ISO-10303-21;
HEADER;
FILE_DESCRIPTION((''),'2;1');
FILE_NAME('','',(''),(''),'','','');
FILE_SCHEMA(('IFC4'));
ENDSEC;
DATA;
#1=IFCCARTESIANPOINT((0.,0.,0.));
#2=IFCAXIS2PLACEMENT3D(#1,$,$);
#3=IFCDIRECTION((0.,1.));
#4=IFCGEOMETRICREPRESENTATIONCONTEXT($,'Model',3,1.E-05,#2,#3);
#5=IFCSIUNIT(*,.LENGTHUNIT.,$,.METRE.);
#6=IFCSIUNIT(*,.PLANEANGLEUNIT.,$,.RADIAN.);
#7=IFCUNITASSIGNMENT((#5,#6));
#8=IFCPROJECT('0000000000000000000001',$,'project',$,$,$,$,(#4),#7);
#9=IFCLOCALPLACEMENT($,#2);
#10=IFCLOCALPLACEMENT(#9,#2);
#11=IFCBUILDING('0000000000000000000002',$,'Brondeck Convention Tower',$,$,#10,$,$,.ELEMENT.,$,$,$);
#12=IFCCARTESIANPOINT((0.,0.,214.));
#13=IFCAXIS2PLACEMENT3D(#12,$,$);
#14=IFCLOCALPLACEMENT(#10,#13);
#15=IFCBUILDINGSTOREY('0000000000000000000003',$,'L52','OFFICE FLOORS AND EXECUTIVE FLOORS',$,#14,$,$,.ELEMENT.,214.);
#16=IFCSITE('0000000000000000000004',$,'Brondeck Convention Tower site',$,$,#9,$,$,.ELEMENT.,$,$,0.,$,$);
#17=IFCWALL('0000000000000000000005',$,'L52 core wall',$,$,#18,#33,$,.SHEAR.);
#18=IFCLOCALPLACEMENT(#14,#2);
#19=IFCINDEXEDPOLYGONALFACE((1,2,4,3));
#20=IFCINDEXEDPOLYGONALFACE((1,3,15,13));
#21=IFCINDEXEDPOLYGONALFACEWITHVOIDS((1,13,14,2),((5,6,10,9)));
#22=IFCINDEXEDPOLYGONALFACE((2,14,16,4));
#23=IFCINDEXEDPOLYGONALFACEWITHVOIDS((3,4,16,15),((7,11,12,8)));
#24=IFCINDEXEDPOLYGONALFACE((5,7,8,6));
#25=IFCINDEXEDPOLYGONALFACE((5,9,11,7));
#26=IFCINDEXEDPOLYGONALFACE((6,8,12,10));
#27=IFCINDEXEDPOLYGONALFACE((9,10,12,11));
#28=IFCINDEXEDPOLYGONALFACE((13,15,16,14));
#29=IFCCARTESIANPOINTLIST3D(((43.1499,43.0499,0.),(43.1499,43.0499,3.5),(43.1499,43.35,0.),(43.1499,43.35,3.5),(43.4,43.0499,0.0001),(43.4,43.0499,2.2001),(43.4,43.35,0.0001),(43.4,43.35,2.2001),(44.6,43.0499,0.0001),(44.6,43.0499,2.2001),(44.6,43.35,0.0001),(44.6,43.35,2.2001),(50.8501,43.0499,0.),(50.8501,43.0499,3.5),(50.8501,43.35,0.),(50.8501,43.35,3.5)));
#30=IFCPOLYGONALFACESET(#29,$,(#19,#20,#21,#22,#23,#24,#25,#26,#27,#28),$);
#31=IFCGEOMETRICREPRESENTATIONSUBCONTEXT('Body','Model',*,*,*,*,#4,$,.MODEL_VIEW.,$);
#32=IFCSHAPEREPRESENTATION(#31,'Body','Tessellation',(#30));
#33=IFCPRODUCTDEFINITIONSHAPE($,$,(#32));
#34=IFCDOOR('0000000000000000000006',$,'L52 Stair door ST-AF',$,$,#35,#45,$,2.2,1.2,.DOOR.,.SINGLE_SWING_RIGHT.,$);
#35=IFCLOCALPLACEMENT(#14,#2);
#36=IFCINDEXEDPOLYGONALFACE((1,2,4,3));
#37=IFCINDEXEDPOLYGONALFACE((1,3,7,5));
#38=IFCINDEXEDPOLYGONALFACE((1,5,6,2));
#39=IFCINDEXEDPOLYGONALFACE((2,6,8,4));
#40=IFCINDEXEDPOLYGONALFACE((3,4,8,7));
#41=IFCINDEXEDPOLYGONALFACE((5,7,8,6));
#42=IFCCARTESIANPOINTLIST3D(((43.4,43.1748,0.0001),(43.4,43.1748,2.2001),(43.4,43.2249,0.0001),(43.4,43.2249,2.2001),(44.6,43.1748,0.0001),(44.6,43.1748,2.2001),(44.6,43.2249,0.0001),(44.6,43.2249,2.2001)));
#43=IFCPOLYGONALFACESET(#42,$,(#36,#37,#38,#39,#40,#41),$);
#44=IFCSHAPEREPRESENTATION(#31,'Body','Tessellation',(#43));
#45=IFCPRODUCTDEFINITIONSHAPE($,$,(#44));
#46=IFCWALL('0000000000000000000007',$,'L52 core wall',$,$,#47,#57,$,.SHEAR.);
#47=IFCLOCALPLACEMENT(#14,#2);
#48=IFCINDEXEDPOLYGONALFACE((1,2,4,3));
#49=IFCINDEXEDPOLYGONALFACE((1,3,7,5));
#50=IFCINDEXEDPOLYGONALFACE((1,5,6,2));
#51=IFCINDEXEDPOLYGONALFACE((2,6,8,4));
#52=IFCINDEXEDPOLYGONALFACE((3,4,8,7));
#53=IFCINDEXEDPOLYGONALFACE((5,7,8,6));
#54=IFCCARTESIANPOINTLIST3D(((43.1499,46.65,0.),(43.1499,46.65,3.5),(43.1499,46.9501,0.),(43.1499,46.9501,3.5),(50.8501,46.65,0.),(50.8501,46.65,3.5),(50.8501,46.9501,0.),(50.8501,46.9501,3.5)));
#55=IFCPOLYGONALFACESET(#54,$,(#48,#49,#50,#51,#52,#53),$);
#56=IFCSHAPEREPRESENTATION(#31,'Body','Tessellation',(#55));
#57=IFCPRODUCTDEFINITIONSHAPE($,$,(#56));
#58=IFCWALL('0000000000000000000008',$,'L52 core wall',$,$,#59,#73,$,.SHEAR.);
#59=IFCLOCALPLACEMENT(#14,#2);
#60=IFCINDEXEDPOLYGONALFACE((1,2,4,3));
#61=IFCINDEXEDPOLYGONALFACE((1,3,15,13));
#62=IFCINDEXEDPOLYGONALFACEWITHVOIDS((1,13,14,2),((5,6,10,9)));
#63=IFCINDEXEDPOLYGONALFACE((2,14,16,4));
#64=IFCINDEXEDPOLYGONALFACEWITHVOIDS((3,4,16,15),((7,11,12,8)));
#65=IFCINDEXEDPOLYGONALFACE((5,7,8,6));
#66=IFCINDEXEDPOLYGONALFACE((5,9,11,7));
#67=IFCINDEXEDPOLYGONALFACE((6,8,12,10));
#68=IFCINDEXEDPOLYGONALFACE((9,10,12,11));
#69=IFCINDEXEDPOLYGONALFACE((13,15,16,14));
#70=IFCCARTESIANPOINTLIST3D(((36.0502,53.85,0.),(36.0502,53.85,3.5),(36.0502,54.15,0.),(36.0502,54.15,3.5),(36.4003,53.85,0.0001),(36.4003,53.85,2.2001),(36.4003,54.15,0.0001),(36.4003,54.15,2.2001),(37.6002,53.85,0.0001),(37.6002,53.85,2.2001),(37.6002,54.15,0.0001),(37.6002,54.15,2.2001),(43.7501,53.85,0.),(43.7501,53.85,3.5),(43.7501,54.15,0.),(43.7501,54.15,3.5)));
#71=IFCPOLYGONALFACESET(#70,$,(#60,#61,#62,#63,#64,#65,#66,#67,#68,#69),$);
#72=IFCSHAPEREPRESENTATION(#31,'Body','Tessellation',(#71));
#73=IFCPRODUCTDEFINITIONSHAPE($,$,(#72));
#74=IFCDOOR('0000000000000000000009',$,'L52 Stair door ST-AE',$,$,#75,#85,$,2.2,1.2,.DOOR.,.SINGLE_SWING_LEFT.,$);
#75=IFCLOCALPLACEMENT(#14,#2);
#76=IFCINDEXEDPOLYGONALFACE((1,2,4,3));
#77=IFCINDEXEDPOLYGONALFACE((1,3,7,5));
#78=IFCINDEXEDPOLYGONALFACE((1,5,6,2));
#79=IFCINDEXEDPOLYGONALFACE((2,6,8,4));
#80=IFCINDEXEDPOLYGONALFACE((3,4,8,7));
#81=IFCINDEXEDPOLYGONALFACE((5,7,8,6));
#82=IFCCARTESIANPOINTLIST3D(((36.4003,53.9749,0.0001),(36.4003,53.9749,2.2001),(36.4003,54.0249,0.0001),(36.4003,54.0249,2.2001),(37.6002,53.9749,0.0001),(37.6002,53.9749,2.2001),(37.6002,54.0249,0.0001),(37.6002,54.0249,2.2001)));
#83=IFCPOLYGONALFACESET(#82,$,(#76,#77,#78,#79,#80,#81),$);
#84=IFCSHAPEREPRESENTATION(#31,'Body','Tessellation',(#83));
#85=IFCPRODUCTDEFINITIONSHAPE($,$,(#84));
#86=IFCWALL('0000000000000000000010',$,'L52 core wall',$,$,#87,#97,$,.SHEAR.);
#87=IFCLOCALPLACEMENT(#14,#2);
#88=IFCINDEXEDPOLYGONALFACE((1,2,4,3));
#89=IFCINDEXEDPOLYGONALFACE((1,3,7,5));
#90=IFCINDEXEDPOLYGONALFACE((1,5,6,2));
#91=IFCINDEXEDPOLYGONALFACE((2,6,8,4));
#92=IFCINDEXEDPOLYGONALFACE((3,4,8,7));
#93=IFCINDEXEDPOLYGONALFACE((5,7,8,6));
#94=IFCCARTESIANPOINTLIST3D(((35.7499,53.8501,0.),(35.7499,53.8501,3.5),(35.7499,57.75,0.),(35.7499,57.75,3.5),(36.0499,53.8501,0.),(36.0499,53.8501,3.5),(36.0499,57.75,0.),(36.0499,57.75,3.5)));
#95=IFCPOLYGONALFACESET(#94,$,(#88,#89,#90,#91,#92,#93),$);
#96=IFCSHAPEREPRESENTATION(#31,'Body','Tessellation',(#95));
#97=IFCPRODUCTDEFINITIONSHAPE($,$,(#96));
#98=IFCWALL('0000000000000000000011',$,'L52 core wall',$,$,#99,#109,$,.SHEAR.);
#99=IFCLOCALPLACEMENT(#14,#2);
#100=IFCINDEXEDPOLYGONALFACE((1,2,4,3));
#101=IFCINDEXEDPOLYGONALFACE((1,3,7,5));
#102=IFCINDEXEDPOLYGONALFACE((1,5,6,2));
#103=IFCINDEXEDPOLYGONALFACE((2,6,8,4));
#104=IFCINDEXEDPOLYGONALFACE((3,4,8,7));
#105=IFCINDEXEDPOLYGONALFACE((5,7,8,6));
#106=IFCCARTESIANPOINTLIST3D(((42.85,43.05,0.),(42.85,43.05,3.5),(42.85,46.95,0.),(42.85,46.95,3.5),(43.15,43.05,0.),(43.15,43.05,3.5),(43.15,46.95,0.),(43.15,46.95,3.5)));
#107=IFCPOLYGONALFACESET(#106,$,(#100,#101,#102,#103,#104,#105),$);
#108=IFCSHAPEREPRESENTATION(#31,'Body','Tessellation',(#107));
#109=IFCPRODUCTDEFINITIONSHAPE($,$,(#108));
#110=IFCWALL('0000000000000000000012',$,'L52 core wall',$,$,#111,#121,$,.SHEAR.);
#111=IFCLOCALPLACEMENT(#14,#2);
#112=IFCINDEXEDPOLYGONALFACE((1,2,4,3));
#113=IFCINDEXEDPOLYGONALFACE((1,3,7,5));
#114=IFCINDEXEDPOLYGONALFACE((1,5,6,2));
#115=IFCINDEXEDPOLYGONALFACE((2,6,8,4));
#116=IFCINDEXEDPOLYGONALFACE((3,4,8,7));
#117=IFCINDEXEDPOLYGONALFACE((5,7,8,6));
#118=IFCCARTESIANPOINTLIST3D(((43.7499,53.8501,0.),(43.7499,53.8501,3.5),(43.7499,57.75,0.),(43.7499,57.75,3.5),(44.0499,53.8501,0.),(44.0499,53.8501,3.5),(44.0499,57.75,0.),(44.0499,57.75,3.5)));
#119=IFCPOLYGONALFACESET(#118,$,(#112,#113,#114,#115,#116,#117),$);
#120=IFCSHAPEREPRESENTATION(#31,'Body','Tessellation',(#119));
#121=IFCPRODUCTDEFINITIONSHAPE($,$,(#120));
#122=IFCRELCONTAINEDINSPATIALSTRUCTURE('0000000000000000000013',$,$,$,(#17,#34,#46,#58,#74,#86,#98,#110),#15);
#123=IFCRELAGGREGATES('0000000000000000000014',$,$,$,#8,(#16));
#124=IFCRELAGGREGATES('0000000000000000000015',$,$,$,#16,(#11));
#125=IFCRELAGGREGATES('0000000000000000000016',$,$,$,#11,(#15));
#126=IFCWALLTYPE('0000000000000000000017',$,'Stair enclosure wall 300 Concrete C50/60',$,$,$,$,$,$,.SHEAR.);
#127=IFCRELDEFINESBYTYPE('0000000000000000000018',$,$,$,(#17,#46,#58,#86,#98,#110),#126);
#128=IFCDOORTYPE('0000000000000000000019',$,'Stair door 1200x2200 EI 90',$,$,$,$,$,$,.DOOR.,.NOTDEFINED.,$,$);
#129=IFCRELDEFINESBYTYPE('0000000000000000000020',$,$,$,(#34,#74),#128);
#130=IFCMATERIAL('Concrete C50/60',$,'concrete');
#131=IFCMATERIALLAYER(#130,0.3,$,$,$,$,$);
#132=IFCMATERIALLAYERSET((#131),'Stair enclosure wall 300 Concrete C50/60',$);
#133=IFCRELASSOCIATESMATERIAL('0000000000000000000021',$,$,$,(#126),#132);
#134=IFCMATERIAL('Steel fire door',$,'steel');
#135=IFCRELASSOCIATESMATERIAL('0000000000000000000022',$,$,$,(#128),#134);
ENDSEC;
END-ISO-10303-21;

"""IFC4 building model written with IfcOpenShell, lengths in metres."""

from ifc_helpers import new_model, si_unit, direction, frame, frame_2d, origin, place, context, subcontext, project, spatial, rectangle, extrude, material, layer, layer_set, type_object, element, fill, save


model = new_model("IFC4")

# Units and contexts
model_context = context("Model", 3, precision=1e-05, world=origin(), true_north=direction((0.0, 1.0)))
body_context = subcontext(model_context, "Body", "Model", "MODEL_VIEW")
ifc_project = project(units=[si_unit("LENGTHUNIT", "METRE"), si_unit("PLANEANGLEUNIT", "RADIAN")], contexts=[model_context])

# Site, building, storey
site_placement = place(None, origin())
site = spatial("IfcSite", under=ifc_project, at=site_placement, Name="Brondeck Convention Tower site", CompositionType="ELEMENT", RefElevation=0.0)
building_placement = place(site_placement, origin())
building = spatial("IfcBuilding", under=site, at=building_placement, Name="Brondeck Convention Tower", CompositionType="ELEMENT")
storey_placement = place(building_placement, frame((0.0, 0.0, 214.0)))
storey = spatial("IfcBuildingStorey", under=building, at=storey_placement, Name="L52", Description="OFFICE FLOORS AND EXECUTIVE FLOORS", CompositionType="ELEMENT", Elevation=214.0)

# Shared definitions
ifc_material_1 = material(Name="Concrete C50/60", Category="concrete")

# Wall, opening, door
ifc_layer_1 = layer(ifc_material_1, 0.3)
ifc_layer_set_1 = layer_set([ifc_layer_1], Name="Stair enclosure wall 300 Concrete C50/60")
wall_type_1 = type_object("IfcWallType", Name="Stair enclosure wall 300 Concrete C50/60", PredefinedType="SHEAR", material=ifc_layer_set_1)
wall_1_placement = place(storey_placement, frame((43.1499, 43.2, 0.0), z_axis=(0.0, 0.0, 1.0), x_axis=(1.0, 0.0, 0.0)))
wall_1 = element("IfcWall", 1, at=wall_1_placement, inside=storey, type_object=wall_type_1, Name="L52 core wall", PredefinedType="SHEAR", context=body_context, shape_type="SweptSolid", body=[
    extrude(rectangle(XDim=7.7002, YDim=0.3, at=frame_2d((3.8501, 0.0))), origin(), (0.0, 0.0, 1.0), 3.5),
])
opening_1_placement = place(wall_1_placement, frame((0.25, 0.0, 0.0)))
opening_1 = element("IfcOpeningElement", 2, at=opening_1_placement, cuts=wall_1, PredefinedType="OPENING", context=body_context, shape_type="SweptSolid", body=[
    extrude(rectangle(XDim=1.2, YDim=2.2, at=frame_2d((0.6001, 1.1001))), frame((0.0, 0.1599, 0.0), z_axis=(0.0, -1.0, 0.0), x_axis=(1.0, 0.0, 0.0)), (0.0, 0.0, 1.0), 0.3201),
])
ifc_material_2 = material(Name="Steel fire door", Category="steel")
door_type_1 = type_object("IfcDoorType", Name="Stair door 1200x2200 EI 90", OperationType="NOTDEFINED", PredefinedType="DOOR", material=ifc_material_2)
door_1_placement = place(opening_1_placement, origin())
door_1 = element("IfcDoor", 3, at=door_1_placement, inside=storey, type_object=door_type_1, Name="L52 Stair door ST-AF", OperationType="SINGLE_SWING_RIGHT", OverallHeight=2.2, OverallWidth=1.2, PredefinedType="DOOR", context=body_context, shape_type="SweptSolid", body=[
    extrude(rectangle(XDim=1.2, YDim=2.2, at=frame_2d((0.6001, 1.1001))), frame((0.0, 0.0249, 0.0), z_axis=(0.0, -1.0, 0.0), x_axis=(1.0, 0.0, 0.0)), (0.0, 0.0, 1.0), 0.05),
])
fill(opening_1, door_1)

# Wall
wall_2_placement = place(storey_placement, frame((43.1499, 46.8, 0.0), z_axis=(0.0, 0.0, 1.0), x_axis=(1.0, 0.0, 0.0)))
element("IfcWall", 4, at=wall_2_placement, inside=storey, type_object=wall_type_1, Name="L52 core wall", PredefinedType="SHEAR", context=body_context, shape_type="SweptSolid", body=[
    extrude(rectangle(XDim=7.7002, YDim=0.3, at=frame_2d((3.8501, 0.0))), origin(), (0.0, 0.0, 1.0), 3.5),
])

# Wall, opening, door
wall_3_placement = place(storey_placement, frame((36.05, 54.0, 0.0), z_axis=(0.0, 0.0, 1.0), x_axis=(1.0, 0.0, 0.0)))
wall_3 = element("IfcWall", 5, at=wall_3_placement, inside=storey, type_object=wall_type_1, Name="L52 core wall", PredefinedType="SHEAR", context=body_context, shape_type="SweptSolid", body=[
    extrude(rectangle(XDim=7.7, YDim=0.3, at=frame_2d((3.8501, 0.0))), origin(), (0.0, 0.0, 1.0), 3.5),
])
opening_2_placement = place(wall_3_placement, frame((0.3501, 0.0, 0.0)))
opening_2 = element("IfcOpeningElement", 6, at=opening_2_placement, cuts=wall_3, PredefinedType="OPENING", context=body_context, shape_type="SweptSolid", body=[
    extrude(rectangle(XDim=1.2, YDim=2.2, at=frame_2d((0.6001, 1.1001))), frame((0.0, 0.1599, 0.0), z_axis=(0.0, -1.0, 0.0), x_axis=(1.0, 0.0, 0.0)), (0.0, 0.0, 1.0), 0.3201),
])
door_2_placement = place(opening_2_placement, origin())
door_2 = element("IfcDoor", 7, at=door_2_placement, inside=storey, type_object=door_type_1, Name="L52 Stair door ST-AE", OperationType="SINGLE_SWING_LEFT", OverallHeight=2.2, OverallWidth=1.2, PredefinedType="DOOR", context=body_context, shape_type="SweptSolid", body=[
    extrude(rectangle(XDim=1.2, YDim=2.2, at=frame_2d((0.6001, 1.1001))), frame((0.0, 0.0249, 0.0), z_axis=(0.0, -1.0, 0.0), x_axis=(1.0, 0.0, 0.0)), (0.0, 0.0, 1.0), 0.05),
])
fill(opening_2, door_2)

# Walls
for number, where, z_axis, x_axis, name in (
    (8, (35.8999, 53.8501, 0.0), (0.0, 0.0, 1.0), (0.0, 1.0, 0.0), "L52 core wall"),
    (9, (43.0, 43.05, 0.0), (0.0, 0.0, 1.0), (0.0, 1.0, 0.0), "L52 core wall"),
    (10, (43.8999, 53.8501, 0.0), (0.0, 0.0, 1.0), (0.0, 1.0, 0.0), "L52 core wall"),
):
    element("IfcWall", number, at=place(storey_placement, frame(where, z_axis=z_axis, x_axis=x_axis)), inside=storey, type_object=wall_type_1, Name=name, PredefinedType="SHEAR", context=body_context, shape_type="SweptSolid", body=[
        extrude(rectangle(XDim=3.8999, YDim=0.3, at=frame_2d((1.95, 0.0))), origin(), (0.0, 0.0, 1.0), 3.5),
    ])

save(model, "model.ifc")
